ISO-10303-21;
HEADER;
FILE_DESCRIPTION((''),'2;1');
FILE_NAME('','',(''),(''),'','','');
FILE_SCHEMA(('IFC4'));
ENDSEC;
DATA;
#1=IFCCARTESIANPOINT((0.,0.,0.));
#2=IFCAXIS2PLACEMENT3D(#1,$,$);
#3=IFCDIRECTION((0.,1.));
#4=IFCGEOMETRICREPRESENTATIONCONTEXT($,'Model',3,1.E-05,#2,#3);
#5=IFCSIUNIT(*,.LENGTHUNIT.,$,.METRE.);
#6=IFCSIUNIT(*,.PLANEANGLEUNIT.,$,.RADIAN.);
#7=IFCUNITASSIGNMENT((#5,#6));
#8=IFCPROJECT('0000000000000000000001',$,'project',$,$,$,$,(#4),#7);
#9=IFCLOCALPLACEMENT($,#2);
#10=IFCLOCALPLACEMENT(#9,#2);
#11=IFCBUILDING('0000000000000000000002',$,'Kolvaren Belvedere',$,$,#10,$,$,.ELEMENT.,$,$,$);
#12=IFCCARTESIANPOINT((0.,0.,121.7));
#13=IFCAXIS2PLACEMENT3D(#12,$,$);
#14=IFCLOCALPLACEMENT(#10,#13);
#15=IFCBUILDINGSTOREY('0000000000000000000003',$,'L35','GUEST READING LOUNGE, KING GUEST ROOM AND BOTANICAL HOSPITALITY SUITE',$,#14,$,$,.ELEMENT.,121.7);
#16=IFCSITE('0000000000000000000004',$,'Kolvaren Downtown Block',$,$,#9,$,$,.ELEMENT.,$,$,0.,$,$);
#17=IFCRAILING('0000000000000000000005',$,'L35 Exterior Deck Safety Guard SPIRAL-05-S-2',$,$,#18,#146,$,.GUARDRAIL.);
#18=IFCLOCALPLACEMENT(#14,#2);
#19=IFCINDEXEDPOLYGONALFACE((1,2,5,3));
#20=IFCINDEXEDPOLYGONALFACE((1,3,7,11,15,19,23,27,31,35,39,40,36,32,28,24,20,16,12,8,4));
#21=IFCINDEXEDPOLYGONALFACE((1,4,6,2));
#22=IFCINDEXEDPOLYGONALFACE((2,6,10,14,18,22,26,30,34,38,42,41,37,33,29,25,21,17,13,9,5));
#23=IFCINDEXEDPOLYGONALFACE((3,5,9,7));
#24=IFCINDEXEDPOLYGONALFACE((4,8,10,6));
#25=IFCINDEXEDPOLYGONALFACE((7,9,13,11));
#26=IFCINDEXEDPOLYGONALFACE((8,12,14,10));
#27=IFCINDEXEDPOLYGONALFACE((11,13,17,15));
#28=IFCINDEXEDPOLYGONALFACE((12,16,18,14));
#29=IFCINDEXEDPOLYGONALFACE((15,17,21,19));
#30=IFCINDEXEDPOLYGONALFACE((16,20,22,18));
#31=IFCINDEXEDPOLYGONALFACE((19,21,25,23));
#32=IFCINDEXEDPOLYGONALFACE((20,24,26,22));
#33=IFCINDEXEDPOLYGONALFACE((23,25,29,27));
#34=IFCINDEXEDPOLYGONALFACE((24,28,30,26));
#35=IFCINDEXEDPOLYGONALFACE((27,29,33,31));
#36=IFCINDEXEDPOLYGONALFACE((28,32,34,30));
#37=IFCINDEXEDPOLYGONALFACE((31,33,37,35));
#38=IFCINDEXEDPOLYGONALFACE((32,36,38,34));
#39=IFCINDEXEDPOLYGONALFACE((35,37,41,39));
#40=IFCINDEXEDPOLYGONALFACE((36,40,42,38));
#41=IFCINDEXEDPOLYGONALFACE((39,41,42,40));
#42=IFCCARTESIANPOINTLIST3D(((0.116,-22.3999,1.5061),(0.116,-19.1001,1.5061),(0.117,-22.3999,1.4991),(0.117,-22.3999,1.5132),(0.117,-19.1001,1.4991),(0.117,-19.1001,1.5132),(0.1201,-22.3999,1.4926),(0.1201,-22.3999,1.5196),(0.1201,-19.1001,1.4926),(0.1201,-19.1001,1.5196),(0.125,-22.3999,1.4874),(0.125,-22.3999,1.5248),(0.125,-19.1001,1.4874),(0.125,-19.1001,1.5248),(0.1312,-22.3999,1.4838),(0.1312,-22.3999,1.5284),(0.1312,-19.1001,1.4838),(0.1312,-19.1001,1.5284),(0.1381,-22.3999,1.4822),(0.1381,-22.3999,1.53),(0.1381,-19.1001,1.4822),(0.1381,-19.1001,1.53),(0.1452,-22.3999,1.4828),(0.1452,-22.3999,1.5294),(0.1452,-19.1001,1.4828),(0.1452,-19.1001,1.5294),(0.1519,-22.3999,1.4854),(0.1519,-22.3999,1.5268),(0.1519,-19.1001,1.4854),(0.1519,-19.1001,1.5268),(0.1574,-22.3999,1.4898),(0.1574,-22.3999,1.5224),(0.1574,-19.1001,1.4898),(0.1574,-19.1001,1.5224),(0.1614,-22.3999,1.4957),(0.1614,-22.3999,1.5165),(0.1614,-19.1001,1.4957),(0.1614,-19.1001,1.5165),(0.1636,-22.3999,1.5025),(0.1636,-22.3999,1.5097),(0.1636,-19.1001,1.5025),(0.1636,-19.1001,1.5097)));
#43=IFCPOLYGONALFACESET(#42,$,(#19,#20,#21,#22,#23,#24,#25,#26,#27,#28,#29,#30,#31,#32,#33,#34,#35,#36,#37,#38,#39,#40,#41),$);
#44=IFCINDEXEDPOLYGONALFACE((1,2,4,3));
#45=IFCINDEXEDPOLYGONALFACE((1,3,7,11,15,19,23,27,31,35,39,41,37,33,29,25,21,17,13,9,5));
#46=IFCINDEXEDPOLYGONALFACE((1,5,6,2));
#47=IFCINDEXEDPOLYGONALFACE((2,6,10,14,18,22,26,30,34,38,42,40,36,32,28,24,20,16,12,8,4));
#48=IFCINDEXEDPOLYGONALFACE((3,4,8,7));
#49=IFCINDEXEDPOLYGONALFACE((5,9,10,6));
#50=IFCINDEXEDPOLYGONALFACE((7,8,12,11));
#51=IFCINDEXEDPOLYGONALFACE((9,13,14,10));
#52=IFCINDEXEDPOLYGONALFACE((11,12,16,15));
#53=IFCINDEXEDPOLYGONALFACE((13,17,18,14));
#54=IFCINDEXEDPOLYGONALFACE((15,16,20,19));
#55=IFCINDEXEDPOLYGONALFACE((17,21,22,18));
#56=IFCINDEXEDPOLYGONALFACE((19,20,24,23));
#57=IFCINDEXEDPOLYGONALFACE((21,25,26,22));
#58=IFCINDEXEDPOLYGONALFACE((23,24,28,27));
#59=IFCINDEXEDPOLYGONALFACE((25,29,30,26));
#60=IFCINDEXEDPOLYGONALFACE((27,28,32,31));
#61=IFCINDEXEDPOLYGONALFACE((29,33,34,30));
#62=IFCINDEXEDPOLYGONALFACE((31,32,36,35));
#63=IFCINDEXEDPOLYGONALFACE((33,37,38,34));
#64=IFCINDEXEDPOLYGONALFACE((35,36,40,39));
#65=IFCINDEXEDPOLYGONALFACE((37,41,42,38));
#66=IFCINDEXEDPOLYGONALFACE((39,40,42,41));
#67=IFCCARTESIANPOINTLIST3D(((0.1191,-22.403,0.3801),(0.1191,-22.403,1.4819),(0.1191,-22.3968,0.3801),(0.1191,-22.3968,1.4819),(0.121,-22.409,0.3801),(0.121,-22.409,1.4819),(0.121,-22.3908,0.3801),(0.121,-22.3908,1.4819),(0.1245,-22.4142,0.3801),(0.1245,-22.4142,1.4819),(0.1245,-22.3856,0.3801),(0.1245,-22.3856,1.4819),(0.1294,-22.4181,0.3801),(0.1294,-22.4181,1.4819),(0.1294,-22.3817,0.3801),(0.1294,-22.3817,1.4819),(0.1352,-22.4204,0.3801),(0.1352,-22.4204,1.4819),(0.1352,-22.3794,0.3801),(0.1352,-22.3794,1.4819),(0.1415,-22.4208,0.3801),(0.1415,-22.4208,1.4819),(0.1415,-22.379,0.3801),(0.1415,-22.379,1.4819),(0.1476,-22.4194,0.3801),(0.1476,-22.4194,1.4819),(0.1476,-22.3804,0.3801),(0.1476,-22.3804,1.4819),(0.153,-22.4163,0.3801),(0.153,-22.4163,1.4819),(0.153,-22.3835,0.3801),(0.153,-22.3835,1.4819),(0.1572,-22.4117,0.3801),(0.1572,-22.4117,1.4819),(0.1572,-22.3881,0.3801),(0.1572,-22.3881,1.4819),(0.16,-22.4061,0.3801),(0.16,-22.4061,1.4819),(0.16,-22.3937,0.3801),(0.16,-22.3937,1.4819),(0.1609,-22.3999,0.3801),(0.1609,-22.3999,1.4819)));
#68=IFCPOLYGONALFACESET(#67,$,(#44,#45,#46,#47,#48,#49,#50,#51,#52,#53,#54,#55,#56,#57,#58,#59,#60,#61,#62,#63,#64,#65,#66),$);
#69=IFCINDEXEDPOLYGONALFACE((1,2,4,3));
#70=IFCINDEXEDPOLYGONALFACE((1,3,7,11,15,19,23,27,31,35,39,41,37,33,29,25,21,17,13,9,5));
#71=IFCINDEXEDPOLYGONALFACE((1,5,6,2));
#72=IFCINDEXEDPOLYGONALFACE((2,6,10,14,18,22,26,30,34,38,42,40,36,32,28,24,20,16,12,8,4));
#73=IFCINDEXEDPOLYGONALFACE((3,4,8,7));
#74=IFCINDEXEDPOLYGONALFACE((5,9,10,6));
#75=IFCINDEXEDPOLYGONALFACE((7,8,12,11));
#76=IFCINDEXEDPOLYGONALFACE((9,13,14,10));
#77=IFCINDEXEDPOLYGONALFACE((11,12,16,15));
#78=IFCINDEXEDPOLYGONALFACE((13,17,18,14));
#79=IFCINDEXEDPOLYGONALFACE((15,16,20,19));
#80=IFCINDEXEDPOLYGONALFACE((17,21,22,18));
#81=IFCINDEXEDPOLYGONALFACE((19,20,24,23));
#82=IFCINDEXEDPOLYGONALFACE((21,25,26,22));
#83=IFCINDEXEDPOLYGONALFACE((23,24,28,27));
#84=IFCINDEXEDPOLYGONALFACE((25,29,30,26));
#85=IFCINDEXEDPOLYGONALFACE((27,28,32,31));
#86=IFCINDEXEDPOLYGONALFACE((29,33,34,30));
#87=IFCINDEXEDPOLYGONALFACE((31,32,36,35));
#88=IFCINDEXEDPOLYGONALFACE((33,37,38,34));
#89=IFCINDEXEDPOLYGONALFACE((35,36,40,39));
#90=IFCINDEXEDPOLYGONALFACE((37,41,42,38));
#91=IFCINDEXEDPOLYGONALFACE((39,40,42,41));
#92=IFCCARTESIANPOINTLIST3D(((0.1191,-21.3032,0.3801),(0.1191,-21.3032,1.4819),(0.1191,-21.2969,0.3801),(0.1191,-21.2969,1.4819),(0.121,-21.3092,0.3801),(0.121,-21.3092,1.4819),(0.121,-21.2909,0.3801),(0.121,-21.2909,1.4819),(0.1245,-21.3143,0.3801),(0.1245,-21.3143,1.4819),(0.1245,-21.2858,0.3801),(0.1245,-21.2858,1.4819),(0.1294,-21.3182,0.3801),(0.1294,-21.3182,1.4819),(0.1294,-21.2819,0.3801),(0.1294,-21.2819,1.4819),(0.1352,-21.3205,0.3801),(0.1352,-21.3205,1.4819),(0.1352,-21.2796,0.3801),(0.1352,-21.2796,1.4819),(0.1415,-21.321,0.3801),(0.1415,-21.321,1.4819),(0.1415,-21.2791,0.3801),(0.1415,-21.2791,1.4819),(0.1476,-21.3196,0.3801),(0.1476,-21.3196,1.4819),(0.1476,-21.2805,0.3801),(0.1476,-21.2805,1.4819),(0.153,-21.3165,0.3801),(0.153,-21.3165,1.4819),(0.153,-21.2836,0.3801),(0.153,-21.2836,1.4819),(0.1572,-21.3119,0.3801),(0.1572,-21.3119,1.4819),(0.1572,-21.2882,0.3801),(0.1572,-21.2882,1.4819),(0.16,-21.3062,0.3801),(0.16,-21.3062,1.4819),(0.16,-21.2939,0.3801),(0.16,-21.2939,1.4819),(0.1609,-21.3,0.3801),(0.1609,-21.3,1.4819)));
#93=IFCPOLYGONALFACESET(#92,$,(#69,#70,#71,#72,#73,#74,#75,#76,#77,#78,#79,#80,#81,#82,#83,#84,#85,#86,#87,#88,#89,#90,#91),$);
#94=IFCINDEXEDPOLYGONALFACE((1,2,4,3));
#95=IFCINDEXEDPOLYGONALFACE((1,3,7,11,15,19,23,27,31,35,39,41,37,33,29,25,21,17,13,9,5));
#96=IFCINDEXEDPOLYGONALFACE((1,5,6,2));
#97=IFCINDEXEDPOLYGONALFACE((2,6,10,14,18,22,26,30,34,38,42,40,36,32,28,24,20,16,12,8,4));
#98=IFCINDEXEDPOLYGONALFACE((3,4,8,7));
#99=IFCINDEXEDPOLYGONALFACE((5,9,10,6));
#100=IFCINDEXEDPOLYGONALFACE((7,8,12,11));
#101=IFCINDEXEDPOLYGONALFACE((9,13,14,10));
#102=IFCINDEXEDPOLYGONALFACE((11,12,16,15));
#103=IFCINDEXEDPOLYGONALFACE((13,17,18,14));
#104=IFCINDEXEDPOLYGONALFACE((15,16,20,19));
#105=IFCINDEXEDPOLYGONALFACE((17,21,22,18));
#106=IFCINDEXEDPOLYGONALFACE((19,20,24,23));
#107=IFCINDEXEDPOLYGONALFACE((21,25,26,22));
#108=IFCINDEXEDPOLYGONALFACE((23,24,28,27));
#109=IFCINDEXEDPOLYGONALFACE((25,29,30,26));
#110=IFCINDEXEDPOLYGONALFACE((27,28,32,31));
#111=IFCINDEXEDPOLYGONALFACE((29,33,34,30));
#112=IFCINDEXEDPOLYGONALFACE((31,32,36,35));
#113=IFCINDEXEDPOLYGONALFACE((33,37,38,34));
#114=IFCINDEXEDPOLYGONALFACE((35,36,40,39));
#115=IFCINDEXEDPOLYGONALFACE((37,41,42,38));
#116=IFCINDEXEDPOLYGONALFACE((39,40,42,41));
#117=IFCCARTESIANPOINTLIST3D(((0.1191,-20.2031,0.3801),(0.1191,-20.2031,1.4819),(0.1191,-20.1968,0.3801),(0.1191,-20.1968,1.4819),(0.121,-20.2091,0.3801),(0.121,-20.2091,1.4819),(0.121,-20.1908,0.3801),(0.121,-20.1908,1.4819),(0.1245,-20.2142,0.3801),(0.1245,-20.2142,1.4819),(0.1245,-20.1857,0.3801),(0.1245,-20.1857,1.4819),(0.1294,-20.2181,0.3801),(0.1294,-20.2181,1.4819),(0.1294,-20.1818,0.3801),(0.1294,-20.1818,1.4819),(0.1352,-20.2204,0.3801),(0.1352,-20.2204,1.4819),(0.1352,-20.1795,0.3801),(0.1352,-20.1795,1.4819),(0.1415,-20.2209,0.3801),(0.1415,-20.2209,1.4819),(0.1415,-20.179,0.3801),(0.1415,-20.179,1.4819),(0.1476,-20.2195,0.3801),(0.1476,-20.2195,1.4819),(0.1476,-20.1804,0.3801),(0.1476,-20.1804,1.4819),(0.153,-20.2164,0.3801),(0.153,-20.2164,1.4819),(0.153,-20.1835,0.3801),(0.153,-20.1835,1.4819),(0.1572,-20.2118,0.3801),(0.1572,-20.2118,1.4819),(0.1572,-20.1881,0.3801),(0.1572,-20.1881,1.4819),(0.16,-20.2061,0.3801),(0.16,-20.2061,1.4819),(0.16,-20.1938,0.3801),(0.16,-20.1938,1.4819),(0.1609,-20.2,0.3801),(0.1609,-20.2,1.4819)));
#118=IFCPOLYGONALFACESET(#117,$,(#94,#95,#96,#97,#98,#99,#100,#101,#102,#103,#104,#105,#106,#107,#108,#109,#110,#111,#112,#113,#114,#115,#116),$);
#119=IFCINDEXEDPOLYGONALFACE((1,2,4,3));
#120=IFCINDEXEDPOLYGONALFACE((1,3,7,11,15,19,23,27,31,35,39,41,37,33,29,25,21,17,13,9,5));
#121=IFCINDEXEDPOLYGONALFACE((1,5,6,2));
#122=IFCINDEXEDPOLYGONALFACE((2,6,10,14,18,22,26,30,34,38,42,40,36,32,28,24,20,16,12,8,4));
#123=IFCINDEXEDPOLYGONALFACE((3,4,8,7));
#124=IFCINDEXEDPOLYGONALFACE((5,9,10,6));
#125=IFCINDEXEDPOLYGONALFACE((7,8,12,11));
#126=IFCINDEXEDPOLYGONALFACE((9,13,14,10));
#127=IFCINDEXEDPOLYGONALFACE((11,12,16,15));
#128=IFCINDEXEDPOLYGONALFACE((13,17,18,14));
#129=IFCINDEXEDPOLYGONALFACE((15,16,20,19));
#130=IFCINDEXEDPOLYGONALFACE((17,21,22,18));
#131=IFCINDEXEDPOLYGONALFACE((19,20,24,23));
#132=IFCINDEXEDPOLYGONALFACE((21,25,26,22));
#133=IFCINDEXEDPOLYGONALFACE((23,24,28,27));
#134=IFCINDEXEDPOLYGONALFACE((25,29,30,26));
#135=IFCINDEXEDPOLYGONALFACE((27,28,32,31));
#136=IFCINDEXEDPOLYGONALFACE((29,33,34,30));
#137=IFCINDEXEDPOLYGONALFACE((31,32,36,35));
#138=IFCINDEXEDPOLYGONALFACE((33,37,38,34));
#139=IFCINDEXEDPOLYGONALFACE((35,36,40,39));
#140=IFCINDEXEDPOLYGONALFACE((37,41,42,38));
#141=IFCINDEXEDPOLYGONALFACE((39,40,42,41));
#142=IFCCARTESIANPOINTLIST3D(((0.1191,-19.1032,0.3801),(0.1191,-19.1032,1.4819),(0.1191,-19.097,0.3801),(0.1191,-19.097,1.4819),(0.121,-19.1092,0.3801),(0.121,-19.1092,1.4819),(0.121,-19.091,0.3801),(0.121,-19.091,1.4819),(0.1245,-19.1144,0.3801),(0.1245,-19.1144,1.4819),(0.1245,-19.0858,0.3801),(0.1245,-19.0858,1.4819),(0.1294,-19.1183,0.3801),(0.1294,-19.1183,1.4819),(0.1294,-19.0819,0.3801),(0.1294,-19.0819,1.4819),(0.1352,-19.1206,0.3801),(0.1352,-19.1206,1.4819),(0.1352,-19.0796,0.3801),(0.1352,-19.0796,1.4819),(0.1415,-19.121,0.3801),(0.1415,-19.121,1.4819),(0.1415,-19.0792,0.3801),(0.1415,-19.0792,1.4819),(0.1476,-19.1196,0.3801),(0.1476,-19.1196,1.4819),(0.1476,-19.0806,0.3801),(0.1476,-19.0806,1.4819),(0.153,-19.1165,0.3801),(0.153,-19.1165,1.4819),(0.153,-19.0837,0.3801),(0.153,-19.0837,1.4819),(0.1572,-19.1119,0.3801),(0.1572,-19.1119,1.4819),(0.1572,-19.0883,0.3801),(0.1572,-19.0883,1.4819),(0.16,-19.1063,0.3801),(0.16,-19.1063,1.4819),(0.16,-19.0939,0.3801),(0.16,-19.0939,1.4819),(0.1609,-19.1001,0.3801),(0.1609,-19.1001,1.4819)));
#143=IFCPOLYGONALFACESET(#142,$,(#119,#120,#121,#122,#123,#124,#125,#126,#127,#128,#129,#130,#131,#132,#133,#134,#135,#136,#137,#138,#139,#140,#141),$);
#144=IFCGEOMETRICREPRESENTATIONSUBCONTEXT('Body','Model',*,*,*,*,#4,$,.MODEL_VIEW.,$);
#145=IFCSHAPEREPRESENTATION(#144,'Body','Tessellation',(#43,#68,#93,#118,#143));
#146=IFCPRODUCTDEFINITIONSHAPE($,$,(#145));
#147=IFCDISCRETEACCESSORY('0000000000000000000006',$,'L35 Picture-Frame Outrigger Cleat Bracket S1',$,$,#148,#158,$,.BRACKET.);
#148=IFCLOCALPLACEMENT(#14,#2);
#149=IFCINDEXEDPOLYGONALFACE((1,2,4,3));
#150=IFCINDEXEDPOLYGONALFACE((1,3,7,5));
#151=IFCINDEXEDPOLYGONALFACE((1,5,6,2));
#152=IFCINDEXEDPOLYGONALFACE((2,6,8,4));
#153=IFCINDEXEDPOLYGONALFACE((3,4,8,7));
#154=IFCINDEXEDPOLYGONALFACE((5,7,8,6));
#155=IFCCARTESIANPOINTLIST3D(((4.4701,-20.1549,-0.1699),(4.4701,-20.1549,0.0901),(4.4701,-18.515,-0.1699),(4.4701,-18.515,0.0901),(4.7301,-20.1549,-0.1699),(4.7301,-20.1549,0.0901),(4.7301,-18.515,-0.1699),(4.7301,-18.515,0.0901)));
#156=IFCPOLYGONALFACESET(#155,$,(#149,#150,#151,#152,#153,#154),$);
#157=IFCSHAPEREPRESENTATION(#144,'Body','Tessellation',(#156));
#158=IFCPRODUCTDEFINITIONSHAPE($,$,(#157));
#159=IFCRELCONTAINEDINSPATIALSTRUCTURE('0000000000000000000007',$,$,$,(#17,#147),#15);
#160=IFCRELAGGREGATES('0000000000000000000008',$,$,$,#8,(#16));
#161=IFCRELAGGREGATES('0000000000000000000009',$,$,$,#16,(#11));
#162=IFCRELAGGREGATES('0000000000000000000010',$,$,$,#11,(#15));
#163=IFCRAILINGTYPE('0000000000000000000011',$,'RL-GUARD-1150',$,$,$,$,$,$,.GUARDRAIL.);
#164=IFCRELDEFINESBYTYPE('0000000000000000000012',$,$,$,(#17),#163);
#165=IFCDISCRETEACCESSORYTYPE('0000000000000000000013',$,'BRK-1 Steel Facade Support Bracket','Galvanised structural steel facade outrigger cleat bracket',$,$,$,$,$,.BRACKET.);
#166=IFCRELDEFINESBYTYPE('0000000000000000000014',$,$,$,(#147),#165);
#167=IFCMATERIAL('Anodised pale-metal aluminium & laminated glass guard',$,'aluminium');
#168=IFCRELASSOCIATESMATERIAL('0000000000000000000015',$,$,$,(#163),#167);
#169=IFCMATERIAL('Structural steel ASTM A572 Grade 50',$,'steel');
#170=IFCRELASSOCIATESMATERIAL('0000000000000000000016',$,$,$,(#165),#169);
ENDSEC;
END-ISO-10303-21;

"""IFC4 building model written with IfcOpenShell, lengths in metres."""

from ifc_helpers import new_model, si_unit, direction, frame, origin, origin_2d, place, context, subcontext, project, spatial, rectangle, circle, extrude, material, type_object, element, save


model = new_model("IFC4")

# Units and contexts
model_context = context("Model", 3, precision=1e-05, world=origin(), true_north=direction((0.0, 1.0)))
body_context = subcontext(model_context, "Body", "Model", "MODEL_VIEW")
ifc_project = project(units=[si_unit("LENGTHUNIT", "METRE"), si_unit("PLANEANGLEUNIT", "RADIAN")], contexts=[model_context])

# Site, building, storey
site_placement = place(None, origin())
site = spatial("IfcSite", under=ifc_project, at=site_placement, Name="Kolvaren Downtown Block", CompositionType="ELEMENT", RefElevation=0.0)
building_placement = place(site_placement, origin())
building = spatial("IfcBuilding", under=site, at=building_placement, Name="Kolvaren Belvedere", CompositionType="ELEMENT")
storey_placement = place(building_placement, frame((0.0, 0.0, 121.7)))
storey = spatial("IfcBuildingStorey", under=building, at=storey_placement, Name="L35", Description="GUEST READING LOUNGE, KING GUEST ROOM AND BOTANICAL HOSPITALITY SUITE", CompositionType="ELEMENT", Elevation=121.7)

# Railing
ifc_material_1 = material(Name="Anodised pale-metal aluminium & laminated glass guard", Category="aluminium")
railing_type = type_object("IfcRailingType", Name="RL-GUARD-1150", PredefinedType="GUARDRAIL", material=ifc_material_1)
railing_placement = place(storey_placement, frame((0.1399, -22.3999, 0.3801)))
element("IfcRailing", 1, at=railing_placement, inside=storey, type_object=railing_type, Name="L35 Exterior Deck Safety Guard SPIRAL-05-S-2", PredefinedType="GUARDRAIL", context=body_context, shape_type="SweptSolid", body=[
    extrude(circle(Radius=0.0239, at=origin_2d()), frame((0.0, 0.0, 1.126), z_axis=(0.0, 1.0, 0.0), x_axis=(-1.0, 0.0, 0.0)), (0.0, 0.0, 1.0), 3.2998),
    extrude(circle(Radius=0.021, at=origin_2d()), origin(), (0.0, 0.0, 1.0), 1.1018),
    extrude(circle(Radius=0.021, at=origin_2d()), frame((0.0, 1.0999, 0.0)), (0.0, 0.0, 1.0), 1.1018),
    extrude(circle(Radius=0.021, at=origin_2d()), frame((0.0, 2.2, 0.0)), (0.0, 0.0, 1.0), 1.1018),
    extrude(circle(Radius=0.021, at=origin_2d()), frame((0.0, 3.2998, 0.0)), (0.0, 0.0, 1.0), 1.1018),
])

# Discrete accessory
ifc_material_2 = material(Name="Structural steel ASTM A572 Grade 50", Category="steel")
discrete_accessory_type = type_object("IfcDiscreteAccessoryType", Name="BRK-1 Steel Facade Support Bracket", Description="Galvanised structural steel facade outrigger cleat bracket", PredefinedType="BRACKET", material=ifc_material_2)
discrete_accessory_placement = place(storey_placement, frame((4.6001, -19.335, -0.1699), z_axis=(0.0, 0.0, 1.0), x_axis=(0.0, 1.0, 0.0)))
element("IfcDiscreteAccessory", 2, at=discrete_accessory_placement, inside=storey, type_object=discrete_accessory_type, Name="L35 Picture-Frame Outrigger Cleat Bracket S1", PredefinedType="BRACKET", context=body_context, shape_type="SweptSolid", body=[
    extrude(rectangle(XDim=1.6399, YDim=0.26, at=origin_2d()), origin(), (0.0, 0.0, 1.0), 0.26),
])

save(model, "model.ifc")
